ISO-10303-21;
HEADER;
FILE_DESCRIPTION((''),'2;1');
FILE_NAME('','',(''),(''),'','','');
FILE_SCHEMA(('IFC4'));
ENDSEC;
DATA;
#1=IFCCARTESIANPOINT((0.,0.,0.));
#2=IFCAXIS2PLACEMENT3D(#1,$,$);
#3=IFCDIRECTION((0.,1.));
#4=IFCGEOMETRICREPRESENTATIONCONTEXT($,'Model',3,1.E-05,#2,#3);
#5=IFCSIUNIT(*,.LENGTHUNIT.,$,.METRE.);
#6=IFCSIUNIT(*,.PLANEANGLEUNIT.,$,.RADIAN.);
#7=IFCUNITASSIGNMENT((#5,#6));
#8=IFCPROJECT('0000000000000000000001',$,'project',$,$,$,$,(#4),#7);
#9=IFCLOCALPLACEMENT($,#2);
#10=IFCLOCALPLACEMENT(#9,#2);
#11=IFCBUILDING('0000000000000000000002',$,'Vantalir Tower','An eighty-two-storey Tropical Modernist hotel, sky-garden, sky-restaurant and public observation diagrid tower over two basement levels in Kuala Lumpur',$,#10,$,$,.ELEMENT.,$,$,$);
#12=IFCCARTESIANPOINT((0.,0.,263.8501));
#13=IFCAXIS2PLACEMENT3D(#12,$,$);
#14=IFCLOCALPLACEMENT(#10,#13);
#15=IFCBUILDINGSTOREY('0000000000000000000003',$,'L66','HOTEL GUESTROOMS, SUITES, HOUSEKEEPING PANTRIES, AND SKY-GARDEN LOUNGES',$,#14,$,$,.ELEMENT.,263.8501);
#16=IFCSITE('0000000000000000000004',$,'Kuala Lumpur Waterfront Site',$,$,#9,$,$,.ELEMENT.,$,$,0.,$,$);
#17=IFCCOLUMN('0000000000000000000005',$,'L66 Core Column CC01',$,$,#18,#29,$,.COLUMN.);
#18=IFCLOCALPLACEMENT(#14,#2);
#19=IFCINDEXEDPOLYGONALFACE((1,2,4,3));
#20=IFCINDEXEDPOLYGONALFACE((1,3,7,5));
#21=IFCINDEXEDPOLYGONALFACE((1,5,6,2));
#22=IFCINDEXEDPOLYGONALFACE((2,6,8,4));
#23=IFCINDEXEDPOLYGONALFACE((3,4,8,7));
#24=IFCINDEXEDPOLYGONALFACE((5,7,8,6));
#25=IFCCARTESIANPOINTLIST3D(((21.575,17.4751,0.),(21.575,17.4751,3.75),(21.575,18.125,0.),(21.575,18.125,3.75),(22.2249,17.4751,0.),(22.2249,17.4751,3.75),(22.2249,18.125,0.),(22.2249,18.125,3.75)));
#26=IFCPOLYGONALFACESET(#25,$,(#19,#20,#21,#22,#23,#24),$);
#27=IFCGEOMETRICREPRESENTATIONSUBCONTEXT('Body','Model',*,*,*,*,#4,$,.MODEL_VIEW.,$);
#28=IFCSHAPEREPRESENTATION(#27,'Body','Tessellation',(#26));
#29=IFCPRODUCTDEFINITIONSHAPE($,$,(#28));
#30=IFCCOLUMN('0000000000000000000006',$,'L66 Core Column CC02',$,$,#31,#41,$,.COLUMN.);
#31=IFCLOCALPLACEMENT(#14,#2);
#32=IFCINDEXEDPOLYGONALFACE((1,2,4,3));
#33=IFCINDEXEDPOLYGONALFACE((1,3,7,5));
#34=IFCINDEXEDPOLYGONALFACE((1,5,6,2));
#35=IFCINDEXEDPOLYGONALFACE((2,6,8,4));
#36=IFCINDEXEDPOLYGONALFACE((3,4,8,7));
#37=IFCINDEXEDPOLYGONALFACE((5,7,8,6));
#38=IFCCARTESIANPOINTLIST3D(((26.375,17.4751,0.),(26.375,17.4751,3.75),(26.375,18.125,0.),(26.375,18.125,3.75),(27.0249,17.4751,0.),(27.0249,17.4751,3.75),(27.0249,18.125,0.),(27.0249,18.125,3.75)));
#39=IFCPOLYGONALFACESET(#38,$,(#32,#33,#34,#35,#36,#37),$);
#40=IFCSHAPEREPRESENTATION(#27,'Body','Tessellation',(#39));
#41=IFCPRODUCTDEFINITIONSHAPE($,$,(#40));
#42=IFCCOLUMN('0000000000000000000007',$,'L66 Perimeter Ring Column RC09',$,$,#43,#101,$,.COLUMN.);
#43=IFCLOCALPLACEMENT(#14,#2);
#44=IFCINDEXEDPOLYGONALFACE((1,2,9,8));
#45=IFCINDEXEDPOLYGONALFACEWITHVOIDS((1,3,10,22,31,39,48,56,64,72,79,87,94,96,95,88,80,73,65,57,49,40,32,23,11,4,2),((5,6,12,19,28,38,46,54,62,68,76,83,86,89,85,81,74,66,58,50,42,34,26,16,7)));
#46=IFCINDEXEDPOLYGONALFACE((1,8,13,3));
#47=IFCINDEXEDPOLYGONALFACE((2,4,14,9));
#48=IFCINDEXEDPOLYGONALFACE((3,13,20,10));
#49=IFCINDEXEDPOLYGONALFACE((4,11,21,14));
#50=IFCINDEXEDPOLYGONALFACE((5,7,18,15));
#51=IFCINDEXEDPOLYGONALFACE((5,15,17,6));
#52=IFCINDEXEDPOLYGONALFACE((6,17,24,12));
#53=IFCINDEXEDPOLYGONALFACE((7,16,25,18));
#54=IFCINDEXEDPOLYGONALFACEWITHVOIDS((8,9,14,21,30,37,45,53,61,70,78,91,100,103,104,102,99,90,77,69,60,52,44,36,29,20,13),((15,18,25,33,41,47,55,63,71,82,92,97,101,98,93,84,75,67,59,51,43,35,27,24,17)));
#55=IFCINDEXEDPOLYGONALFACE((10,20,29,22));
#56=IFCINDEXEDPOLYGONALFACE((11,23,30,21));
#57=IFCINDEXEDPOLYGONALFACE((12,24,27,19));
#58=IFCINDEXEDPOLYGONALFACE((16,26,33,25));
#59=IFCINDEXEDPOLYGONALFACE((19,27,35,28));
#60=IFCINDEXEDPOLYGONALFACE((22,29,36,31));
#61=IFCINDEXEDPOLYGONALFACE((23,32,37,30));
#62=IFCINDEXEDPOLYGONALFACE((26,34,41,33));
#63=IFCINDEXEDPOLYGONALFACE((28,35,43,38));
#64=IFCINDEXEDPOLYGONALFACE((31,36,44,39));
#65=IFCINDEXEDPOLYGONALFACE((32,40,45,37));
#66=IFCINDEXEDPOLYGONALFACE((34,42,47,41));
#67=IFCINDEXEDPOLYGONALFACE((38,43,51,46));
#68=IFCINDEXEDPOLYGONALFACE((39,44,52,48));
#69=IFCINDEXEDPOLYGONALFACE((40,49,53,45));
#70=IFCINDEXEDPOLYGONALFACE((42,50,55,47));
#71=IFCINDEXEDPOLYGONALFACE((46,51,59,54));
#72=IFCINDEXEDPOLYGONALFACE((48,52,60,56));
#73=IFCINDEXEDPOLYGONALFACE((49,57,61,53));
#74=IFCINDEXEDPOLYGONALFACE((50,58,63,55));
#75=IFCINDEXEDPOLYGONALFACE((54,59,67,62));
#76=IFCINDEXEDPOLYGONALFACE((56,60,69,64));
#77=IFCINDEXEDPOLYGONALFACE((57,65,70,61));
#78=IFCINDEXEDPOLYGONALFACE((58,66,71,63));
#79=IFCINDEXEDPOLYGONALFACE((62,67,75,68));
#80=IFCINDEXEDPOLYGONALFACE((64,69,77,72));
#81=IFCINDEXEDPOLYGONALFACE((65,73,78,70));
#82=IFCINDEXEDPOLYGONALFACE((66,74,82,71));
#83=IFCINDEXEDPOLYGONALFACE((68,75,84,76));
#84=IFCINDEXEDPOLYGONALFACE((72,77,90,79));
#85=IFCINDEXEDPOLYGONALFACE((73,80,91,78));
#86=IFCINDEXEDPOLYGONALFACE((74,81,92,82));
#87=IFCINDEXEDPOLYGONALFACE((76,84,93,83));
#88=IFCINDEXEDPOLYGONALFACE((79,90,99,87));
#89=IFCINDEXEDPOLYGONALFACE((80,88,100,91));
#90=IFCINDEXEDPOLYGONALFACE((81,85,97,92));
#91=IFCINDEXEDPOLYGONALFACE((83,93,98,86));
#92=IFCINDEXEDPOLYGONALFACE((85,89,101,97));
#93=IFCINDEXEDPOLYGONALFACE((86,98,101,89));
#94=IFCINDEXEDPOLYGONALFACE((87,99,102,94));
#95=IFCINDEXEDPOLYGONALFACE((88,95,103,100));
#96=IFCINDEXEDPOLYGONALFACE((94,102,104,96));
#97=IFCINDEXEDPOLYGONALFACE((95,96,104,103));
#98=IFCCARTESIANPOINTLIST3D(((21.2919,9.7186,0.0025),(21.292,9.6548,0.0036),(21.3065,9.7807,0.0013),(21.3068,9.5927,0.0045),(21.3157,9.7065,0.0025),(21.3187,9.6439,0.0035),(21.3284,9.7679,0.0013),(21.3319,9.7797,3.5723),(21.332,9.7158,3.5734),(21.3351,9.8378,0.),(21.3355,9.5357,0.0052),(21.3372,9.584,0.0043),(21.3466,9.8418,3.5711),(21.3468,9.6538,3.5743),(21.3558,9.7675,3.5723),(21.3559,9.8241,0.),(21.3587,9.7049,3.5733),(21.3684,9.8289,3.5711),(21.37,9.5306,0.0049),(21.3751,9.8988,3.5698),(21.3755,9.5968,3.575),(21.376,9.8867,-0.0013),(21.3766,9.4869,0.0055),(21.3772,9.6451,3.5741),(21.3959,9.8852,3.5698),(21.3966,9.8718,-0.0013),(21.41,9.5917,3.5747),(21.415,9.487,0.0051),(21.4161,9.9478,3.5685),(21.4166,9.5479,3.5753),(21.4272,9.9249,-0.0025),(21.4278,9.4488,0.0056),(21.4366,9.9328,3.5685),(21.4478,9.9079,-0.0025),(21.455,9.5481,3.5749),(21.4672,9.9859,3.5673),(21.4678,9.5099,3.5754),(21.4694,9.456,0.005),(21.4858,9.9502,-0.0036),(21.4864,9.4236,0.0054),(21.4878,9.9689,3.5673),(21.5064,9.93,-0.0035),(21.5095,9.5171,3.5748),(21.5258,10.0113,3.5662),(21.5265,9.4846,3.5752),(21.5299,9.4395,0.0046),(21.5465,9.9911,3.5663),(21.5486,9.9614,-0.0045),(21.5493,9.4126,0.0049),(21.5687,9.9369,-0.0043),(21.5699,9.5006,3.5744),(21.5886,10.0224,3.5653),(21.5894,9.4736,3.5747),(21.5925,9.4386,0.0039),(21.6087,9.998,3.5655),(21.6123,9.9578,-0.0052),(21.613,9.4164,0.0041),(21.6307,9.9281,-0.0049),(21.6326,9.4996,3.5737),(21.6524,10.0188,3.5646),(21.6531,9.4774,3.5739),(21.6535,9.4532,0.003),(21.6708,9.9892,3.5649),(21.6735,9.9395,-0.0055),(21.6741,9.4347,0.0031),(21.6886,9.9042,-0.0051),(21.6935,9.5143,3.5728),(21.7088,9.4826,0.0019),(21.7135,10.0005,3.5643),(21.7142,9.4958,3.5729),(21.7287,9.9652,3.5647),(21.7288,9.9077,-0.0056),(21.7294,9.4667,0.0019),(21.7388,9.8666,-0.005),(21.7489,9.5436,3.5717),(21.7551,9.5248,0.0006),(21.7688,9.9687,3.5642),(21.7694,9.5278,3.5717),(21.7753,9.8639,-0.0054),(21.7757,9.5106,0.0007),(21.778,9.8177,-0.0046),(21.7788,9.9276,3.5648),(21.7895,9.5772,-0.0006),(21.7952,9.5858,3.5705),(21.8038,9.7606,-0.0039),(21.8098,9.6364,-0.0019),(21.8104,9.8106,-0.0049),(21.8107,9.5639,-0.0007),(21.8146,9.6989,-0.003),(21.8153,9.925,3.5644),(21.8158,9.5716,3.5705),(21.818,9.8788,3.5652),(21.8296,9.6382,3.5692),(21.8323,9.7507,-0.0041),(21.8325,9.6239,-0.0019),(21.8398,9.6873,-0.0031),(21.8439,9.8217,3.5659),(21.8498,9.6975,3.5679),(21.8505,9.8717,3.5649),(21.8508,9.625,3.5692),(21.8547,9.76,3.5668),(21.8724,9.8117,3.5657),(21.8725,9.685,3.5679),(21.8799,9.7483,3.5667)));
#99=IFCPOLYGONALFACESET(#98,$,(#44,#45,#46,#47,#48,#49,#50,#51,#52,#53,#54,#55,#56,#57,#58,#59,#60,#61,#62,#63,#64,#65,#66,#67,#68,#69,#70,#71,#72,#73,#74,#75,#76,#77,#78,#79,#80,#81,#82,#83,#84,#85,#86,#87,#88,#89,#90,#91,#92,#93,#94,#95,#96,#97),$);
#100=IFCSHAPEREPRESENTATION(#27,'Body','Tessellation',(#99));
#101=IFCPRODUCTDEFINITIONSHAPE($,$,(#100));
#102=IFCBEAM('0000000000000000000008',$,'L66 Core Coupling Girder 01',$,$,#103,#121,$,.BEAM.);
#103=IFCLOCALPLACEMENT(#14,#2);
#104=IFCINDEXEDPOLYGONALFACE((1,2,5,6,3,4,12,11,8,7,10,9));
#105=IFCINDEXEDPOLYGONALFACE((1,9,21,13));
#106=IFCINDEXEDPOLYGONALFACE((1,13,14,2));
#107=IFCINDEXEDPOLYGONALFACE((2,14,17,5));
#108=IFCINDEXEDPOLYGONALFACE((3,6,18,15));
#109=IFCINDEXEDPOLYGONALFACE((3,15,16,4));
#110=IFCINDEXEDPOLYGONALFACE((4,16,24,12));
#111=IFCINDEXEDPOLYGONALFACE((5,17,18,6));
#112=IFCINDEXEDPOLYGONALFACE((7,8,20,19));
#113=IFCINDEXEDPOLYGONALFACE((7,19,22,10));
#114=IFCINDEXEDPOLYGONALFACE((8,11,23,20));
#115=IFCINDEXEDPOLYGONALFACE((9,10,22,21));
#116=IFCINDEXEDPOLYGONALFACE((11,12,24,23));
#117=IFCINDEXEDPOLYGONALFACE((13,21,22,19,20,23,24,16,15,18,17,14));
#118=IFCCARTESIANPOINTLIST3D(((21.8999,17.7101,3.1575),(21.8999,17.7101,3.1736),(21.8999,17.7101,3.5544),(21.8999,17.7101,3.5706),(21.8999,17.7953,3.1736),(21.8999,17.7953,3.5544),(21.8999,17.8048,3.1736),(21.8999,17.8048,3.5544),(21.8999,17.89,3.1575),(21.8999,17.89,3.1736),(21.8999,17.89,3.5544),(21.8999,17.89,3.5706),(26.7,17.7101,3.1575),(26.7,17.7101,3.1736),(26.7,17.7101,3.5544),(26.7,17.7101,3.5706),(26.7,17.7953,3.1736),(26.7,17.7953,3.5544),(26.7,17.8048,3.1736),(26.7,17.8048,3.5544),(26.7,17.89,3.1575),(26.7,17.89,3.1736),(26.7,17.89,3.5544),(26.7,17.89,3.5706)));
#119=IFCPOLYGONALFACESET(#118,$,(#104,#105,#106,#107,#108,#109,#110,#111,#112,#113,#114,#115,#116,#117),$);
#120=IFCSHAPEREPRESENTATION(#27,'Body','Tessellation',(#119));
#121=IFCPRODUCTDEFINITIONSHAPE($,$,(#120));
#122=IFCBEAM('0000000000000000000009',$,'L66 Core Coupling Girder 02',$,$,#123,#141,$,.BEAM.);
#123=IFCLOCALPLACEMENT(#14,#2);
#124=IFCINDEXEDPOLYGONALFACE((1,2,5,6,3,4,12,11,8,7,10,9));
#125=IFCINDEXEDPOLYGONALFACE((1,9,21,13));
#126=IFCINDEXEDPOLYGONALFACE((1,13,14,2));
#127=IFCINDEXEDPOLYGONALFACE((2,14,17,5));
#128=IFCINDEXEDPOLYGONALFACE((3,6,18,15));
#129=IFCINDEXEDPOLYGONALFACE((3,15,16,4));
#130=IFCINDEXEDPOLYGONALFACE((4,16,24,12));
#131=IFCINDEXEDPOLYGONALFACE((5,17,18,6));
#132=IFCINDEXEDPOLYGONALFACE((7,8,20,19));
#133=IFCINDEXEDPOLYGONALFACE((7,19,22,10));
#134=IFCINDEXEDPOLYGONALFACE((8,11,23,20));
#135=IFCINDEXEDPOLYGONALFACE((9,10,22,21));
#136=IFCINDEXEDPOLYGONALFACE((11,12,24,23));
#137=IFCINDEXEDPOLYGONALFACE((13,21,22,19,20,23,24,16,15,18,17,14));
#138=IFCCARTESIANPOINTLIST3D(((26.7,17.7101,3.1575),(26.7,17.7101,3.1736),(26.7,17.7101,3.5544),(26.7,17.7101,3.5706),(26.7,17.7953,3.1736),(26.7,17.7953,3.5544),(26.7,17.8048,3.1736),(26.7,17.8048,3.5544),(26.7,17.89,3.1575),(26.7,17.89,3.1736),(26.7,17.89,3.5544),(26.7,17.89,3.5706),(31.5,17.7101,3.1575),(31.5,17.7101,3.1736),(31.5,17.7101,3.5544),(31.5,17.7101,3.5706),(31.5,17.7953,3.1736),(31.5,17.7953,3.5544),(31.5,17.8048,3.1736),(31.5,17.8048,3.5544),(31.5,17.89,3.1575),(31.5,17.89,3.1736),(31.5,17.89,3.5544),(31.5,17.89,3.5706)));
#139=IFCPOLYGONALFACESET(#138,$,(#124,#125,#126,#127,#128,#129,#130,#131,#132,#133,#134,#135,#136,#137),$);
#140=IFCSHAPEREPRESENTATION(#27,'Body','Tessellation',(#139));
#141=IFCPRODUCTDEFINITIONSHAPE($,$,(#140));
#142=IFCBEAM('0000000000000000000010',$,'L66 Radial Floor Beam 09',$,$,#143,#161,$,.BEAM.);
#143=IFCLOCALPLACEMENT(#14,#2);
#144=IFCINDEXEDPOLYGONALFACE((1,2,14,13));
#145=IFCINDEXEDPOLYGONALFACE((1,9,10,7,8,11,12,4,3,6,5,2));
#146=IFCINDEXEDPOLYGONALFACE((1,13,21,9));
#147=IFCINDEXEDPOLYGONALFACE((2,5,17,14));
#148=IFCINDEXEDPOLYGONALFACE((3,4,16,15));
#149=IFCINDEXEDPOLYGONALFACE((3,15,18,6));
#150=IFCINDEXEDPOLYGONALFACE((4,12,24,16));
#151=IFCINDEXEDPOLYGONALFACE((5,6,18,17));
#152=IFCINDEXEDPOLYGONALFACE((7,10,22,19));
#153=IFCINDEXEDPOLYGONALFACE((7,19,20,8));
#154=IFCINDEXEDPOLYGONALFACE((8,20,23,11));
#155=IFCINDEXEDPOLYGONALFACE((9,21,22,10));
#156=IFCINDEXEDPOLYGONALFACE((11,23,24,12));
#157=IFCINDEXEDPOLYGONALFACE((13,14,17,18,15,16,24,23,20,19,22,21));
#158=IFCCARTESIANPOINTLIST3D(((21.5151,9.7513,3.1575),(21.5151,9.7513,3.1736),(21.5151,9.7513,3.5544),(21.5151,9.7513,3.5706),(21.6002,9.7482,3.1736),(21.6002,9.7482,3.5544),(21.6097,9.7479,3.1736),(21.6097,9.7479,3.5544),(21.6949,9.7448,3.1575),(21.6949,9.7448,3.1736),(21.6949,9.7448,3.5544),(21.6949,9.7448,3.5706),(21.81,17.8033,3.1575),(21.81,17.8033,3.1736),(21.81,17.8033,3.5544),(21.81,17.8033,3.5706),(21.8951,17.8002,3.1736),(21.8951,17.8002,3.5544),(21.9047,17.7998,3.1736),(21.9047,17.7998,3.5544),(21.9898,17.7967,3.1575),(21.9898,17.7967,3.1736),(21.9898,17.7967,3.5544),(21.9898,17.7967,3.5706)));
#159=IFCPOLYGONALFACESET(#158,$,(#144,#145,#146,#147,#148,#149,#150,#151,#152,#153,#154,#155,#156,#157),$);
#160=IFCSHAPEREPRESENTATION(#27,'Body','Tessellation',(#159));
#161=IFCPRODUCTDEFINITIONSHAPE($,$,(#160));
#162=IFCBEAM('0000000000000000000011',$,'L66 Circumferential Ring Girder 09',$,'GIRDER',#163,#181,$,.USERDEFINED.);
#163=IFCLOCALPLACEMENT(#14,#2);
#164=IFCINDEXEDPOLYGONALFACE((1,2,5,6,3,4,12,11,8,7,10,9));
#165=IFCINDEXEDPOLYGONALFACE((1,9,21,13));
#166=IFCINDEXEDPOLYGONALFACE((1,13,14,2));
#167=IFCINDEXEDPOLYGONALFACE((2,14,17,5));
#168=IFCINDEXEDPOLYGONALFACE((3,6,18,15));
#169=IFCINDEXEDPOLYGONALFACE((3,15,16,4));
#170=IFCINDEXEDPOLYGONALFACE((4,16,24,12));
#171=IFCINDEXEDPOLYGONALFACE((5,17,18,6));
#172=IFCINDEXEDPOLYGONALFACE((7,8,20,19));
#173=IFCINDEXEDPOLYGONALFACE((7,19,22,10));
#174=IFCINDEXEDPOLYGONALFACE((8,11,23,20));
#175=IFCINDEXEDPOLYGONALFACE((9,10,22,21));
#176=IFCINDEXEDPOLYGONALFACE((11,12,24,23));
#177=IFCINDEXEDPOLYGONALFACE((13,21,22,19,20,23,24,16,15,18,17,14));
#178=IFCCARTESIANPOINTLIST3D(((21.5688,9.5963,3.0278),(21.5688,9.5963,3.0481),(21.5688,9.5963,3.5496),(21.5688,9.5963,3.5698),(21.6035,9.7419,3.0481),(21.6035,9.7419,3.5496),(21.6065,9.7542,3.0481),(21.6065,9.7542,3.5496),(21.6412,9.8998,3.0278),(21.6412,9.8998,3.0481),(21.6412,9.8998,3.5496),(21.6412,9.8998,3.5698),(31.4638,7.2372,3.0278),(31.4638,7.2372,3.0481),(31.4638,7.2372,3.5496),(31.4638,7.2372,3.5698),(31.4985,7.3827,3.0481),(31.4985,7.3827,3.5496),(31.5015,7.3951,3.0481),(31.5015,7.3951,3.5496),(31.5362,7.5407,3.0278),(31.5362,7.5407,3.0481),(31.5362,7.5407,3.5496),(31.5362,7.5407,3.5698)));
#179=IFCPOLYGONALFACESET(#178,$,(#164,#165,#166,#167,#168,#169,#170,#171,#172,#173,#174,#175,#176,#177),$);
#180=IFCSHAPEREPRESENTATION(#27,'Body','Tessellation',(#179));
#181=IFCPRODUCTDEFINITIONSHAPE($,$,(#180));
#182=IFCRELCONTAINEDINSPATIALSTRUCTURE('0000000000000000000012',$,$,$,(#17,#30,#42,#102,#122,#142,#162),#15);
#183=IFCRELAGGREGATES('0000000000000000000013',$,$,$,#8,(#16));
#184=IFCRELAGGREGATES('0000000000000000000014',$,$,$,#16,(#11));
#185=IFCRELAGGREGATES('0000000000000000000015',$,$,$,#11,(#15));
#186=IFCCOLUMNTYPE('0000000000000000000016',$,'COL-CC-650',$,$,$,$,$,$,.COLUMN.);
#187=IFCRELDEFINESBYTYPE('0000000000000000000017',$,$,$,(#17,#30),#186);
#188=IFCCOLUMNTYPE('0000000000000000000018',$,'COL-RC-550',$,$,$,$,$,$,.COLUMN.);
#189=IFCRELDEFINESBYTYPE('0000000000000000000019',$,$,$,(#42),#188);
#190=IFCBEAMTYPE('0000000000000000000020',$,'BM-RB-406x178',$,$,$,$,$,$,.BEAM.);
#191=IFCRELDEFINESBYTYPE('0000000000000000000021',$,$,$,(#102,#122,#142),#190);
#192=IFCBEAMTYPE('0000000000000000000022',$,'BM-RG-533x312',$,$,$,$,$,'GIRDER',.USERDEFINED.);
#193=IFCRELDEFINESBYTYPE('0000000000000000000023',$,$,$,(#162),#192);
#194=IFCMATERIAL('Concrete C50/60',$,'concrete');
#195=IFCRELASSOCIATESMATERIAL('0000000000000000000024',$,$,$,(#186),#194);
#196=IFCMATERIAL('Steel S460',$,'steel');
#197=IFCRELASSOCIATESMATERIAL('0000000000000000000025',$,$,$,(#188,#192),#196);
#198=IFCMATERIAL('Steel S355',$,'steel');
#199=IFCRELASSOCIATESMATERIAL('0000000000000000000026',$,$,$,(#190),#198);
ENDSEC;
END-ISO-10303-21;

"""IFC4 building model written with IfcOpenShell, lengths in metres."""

from ifc_helpers import new_model, si_unit, direction, frame, origin, origin_2d, place, context, subcontext, project, spatial, rectangle, hollow_circle, i_section, extrude, material, material_profile, profile_set, type_object, element, save


model = new_model("IFC4")

# Units and contexts
model_context = context("Model", 3, precision=1e-05, world=origin(), true_north=direction((0.0, 1.0)))
body_context = subcontext(model_context, "Body", "Model", "MODEL_VIEW")
ifc_project = project(units=[si_unit("LENGTHUNIT", "METRE"), si_unit("PLANEANGLEUNIT", "RADIAN")], contexts=[model_context])

# Site, building, storey
site_placement = place(None, origin())
site = spatial("IfcSite", under=ifc_project, at=site_placement, Name="Kuala Lumpur Waterfront Site", CompositionType="ELEMENT", RefElevation=0.0)
building_placement = place(site_placement, origin())
building = spatial("IfcBuilding", under=site, at=building_placement, Name="Vantalir Tower", Description="An eighty-two-storey Tropical Modernist hotel, sky-garden, sky-restaurant and public observation diagrid tower over two basement levels in Kuala Lumpur", CompositionType="ELEMENT")
storey_placement = place(building_placement, frame((0.0, 0.0, 263.8501)))
storey = spatial("IfcBuildingStorey", under=building, at=storey_placement, Name="L66", Description="HOTEL GUESTROOMS, SUITES, HOUSEKEEPING PANTRIES, AND SKY-GARDEN LOUNGES", CompositionType="ELEMENT", Elevation=263.8501)

# Columns
ifc_material_1 = material(Name="Concrete C50/60", Category="concrete")
ifc_material_profile_1 = material_profile(ifc_material_1, rectangle(XDim=0.6499, YDim=0.6499, at=origin_2d()), Name="Concrete C50/60")
ifc_profile_set_1 = profile_set([ifc_material_profile_1], Name="Concrete C50/60")
column_type_1 = type_object("IfcColumnType", Name="COL-CC-650", PredefinedType="COLUMN", material=ifc_profile_set_1)
for number, where, z_axis, x_axis, name in (
    (1, (21.8999, 17.8, 0.0), (0.0, 0.0, 1.0), (1.0, 0.0, 0.0), "L66 Core Column CC01"),
    (2, (26.7, 17.8, 0.0), (0.0, 0.0, 1.0), (1.0, 0.0, 0.0), "L66 Core Column CC02"),
):
    element("IfcColumn", number, at=place(storey_placement, frame(where, z_axis=z_axis, x_axis=x_axis)), inside=storey, type_object=column_type_1, Name=name, PredefinedType="COLUMN", context=body_context, shape_type="SweptSolid", body=[
        extrude(rectangle(XDim=0.6499, YDim=0.6499, at=origin_2d()), origin(), (0.0, 0.0, 1.0), 3.75),
    ])
ifc_material_2 = material(Name="Steel S460", Category="steel")
ifc_material_profile_2 = material_profile(ifc_material_2, hollow_circle(Radius=0.2749, WallThickness=0.0249, at=origin_2d()), Name="Steel S460")
ifc_profile_set_2 = profile_set([ifc_material_profile_2], Name="Steel S460")
column_type_2 = type_object("IfcColumnType", Name="COL-RC-550", PredefinedType="COLUMN", material=ifc_profile_set_2)
column_placement = place(storey_placement, frame((21.5649, 9.687, 0.0), z_axis=(0.011214, 0.017094, 0.999791), x_axis=(-0.836144, 0.54851, 0.0)))
element("IfcColumn", 3, at=column_placement, inside=storey, type_object=column_type_2, Name="L66 Perimeter Ring Column RC09", PredefinedType="COLUMN", context=body_context, shape_type="SweptSolid", body=[
    extrude(hollow_circle(Radius=0.2749, WallThickness=0.0249, at=origin_2d()), origin(), (0.0, 0.0, 1.0), 3.5706),
])

# Beams
ifc_material_3 = material(Name="Steel S355", Category="steel")
ifc_material_profile_3 = material_profile(ifc_material_3, i_section(OverallWidth=0.1799, OverallDepth=0.4131, WebThickness=0.0095, FlangeThickness=0.0161, at=origin_2d()), Name="Steel S355")
ifc_profile_set_3 = profile_set([ifc_material_profile_3], Name="Steel S355")
beam_type_1 = type_object("IfcBeamType", Name="BM-RB-406x178", PredefinedType="BEAM", material=ifc_profile_set_3)
for number, where, z_axis, x_axis, name in (
    (4, (21.8999, 17.8, 3.364), (1.0, 0.0, 0.0), (0.0, 1.0, 0.0), "L66 Core Coupling Girder 01"),
    (5, (26.7, 17.8, 3.364), (1.0, 0.0, 0.0), (0.0, 1.0, 0.0), "L66 Core Coupling Girder 02"),
):
    element("IfcBeam", number, at=place(storey_placement, frame(where, z_axis=z_axis, x_axis=x_axis)), inside=storey, type_object=beam_type_1, Name=name, PredefinedType="BEAM", context=body_context, shape_type="SweptSolid", body=[
        extrude(i_section(OverallWidth=0.1799, OverallDepth=0.4131, WebThickness=0.0095, FlangeThickness=0.0161, at=origin_2d()), origin(), (0.0, 0.0, 1.0), 4.8),
    ])
beam_1_placement = place(storey_placement, frame((21.605, 9.748, 3.364), z_axis=(0.036603, 0.99933, 0.0), x_axis=(-0.99933, 0.036603, 0.0)))
element("IfcBeam", 6, at=beam_1_placement, inside=storey, type_object=beam_type_1, Name="L66 Radial Floor Beam 09", PredefinedType="BEAM", context=body_context, shape_type="SweptSolid", body=[
    extrude(i_section(OverallWidth=0.1799, OverallDepth=0.4131, WebThickness=0.0095, FlangeThickness=0.0161, at=origin_2d()), origin(), (0.0, 0.0, 1.0), 8.0574),
])
ifc_material_profile_4 = material_profile(ifc_material_2, i_section(OverallWidth=0.312, OverallDepth=0.542, WebThickness=0.0127, FlangeThickness=0.0203, at=origin_2d()), Name="Steel S460")
ifc_profile_set_4 = profile_set([ifc_material_profile_4], Name="Steel S460")
beam_type_2 = type_object("IfcBeamType", Name="BM-RG-533x312", ElementType="GIRDER", PredefinedType="USERDEFINED", material=ifc_profile_set_4)
beam_2_placement = place(storey_placement, frame((21.605, 9.748, 3.2988), z_axis=(0.972736, -0.231916, 0.0), x_axis=(0.231916, 0.972736, 0.0)))
element("IfcBeam", 7, at=beam_2_placement, inside=storey, type_object=beam_type_2, Name="L66 Circumferential Ring Girder 09", ObjectType="GIRDER", PredefinedType="USERDEFINED", context=body_context, shape_type="SweptSolid", body=[
    extrude(i_section(OverallWidth=0.312, OverallDepth=0.542, WebThickness=0.0127, FlangeThickness=0.0203, at=origin_2d()), origin(), (0.0, 0.0, 1.0), 10.1724),
])

save(model, "model.ifc")
